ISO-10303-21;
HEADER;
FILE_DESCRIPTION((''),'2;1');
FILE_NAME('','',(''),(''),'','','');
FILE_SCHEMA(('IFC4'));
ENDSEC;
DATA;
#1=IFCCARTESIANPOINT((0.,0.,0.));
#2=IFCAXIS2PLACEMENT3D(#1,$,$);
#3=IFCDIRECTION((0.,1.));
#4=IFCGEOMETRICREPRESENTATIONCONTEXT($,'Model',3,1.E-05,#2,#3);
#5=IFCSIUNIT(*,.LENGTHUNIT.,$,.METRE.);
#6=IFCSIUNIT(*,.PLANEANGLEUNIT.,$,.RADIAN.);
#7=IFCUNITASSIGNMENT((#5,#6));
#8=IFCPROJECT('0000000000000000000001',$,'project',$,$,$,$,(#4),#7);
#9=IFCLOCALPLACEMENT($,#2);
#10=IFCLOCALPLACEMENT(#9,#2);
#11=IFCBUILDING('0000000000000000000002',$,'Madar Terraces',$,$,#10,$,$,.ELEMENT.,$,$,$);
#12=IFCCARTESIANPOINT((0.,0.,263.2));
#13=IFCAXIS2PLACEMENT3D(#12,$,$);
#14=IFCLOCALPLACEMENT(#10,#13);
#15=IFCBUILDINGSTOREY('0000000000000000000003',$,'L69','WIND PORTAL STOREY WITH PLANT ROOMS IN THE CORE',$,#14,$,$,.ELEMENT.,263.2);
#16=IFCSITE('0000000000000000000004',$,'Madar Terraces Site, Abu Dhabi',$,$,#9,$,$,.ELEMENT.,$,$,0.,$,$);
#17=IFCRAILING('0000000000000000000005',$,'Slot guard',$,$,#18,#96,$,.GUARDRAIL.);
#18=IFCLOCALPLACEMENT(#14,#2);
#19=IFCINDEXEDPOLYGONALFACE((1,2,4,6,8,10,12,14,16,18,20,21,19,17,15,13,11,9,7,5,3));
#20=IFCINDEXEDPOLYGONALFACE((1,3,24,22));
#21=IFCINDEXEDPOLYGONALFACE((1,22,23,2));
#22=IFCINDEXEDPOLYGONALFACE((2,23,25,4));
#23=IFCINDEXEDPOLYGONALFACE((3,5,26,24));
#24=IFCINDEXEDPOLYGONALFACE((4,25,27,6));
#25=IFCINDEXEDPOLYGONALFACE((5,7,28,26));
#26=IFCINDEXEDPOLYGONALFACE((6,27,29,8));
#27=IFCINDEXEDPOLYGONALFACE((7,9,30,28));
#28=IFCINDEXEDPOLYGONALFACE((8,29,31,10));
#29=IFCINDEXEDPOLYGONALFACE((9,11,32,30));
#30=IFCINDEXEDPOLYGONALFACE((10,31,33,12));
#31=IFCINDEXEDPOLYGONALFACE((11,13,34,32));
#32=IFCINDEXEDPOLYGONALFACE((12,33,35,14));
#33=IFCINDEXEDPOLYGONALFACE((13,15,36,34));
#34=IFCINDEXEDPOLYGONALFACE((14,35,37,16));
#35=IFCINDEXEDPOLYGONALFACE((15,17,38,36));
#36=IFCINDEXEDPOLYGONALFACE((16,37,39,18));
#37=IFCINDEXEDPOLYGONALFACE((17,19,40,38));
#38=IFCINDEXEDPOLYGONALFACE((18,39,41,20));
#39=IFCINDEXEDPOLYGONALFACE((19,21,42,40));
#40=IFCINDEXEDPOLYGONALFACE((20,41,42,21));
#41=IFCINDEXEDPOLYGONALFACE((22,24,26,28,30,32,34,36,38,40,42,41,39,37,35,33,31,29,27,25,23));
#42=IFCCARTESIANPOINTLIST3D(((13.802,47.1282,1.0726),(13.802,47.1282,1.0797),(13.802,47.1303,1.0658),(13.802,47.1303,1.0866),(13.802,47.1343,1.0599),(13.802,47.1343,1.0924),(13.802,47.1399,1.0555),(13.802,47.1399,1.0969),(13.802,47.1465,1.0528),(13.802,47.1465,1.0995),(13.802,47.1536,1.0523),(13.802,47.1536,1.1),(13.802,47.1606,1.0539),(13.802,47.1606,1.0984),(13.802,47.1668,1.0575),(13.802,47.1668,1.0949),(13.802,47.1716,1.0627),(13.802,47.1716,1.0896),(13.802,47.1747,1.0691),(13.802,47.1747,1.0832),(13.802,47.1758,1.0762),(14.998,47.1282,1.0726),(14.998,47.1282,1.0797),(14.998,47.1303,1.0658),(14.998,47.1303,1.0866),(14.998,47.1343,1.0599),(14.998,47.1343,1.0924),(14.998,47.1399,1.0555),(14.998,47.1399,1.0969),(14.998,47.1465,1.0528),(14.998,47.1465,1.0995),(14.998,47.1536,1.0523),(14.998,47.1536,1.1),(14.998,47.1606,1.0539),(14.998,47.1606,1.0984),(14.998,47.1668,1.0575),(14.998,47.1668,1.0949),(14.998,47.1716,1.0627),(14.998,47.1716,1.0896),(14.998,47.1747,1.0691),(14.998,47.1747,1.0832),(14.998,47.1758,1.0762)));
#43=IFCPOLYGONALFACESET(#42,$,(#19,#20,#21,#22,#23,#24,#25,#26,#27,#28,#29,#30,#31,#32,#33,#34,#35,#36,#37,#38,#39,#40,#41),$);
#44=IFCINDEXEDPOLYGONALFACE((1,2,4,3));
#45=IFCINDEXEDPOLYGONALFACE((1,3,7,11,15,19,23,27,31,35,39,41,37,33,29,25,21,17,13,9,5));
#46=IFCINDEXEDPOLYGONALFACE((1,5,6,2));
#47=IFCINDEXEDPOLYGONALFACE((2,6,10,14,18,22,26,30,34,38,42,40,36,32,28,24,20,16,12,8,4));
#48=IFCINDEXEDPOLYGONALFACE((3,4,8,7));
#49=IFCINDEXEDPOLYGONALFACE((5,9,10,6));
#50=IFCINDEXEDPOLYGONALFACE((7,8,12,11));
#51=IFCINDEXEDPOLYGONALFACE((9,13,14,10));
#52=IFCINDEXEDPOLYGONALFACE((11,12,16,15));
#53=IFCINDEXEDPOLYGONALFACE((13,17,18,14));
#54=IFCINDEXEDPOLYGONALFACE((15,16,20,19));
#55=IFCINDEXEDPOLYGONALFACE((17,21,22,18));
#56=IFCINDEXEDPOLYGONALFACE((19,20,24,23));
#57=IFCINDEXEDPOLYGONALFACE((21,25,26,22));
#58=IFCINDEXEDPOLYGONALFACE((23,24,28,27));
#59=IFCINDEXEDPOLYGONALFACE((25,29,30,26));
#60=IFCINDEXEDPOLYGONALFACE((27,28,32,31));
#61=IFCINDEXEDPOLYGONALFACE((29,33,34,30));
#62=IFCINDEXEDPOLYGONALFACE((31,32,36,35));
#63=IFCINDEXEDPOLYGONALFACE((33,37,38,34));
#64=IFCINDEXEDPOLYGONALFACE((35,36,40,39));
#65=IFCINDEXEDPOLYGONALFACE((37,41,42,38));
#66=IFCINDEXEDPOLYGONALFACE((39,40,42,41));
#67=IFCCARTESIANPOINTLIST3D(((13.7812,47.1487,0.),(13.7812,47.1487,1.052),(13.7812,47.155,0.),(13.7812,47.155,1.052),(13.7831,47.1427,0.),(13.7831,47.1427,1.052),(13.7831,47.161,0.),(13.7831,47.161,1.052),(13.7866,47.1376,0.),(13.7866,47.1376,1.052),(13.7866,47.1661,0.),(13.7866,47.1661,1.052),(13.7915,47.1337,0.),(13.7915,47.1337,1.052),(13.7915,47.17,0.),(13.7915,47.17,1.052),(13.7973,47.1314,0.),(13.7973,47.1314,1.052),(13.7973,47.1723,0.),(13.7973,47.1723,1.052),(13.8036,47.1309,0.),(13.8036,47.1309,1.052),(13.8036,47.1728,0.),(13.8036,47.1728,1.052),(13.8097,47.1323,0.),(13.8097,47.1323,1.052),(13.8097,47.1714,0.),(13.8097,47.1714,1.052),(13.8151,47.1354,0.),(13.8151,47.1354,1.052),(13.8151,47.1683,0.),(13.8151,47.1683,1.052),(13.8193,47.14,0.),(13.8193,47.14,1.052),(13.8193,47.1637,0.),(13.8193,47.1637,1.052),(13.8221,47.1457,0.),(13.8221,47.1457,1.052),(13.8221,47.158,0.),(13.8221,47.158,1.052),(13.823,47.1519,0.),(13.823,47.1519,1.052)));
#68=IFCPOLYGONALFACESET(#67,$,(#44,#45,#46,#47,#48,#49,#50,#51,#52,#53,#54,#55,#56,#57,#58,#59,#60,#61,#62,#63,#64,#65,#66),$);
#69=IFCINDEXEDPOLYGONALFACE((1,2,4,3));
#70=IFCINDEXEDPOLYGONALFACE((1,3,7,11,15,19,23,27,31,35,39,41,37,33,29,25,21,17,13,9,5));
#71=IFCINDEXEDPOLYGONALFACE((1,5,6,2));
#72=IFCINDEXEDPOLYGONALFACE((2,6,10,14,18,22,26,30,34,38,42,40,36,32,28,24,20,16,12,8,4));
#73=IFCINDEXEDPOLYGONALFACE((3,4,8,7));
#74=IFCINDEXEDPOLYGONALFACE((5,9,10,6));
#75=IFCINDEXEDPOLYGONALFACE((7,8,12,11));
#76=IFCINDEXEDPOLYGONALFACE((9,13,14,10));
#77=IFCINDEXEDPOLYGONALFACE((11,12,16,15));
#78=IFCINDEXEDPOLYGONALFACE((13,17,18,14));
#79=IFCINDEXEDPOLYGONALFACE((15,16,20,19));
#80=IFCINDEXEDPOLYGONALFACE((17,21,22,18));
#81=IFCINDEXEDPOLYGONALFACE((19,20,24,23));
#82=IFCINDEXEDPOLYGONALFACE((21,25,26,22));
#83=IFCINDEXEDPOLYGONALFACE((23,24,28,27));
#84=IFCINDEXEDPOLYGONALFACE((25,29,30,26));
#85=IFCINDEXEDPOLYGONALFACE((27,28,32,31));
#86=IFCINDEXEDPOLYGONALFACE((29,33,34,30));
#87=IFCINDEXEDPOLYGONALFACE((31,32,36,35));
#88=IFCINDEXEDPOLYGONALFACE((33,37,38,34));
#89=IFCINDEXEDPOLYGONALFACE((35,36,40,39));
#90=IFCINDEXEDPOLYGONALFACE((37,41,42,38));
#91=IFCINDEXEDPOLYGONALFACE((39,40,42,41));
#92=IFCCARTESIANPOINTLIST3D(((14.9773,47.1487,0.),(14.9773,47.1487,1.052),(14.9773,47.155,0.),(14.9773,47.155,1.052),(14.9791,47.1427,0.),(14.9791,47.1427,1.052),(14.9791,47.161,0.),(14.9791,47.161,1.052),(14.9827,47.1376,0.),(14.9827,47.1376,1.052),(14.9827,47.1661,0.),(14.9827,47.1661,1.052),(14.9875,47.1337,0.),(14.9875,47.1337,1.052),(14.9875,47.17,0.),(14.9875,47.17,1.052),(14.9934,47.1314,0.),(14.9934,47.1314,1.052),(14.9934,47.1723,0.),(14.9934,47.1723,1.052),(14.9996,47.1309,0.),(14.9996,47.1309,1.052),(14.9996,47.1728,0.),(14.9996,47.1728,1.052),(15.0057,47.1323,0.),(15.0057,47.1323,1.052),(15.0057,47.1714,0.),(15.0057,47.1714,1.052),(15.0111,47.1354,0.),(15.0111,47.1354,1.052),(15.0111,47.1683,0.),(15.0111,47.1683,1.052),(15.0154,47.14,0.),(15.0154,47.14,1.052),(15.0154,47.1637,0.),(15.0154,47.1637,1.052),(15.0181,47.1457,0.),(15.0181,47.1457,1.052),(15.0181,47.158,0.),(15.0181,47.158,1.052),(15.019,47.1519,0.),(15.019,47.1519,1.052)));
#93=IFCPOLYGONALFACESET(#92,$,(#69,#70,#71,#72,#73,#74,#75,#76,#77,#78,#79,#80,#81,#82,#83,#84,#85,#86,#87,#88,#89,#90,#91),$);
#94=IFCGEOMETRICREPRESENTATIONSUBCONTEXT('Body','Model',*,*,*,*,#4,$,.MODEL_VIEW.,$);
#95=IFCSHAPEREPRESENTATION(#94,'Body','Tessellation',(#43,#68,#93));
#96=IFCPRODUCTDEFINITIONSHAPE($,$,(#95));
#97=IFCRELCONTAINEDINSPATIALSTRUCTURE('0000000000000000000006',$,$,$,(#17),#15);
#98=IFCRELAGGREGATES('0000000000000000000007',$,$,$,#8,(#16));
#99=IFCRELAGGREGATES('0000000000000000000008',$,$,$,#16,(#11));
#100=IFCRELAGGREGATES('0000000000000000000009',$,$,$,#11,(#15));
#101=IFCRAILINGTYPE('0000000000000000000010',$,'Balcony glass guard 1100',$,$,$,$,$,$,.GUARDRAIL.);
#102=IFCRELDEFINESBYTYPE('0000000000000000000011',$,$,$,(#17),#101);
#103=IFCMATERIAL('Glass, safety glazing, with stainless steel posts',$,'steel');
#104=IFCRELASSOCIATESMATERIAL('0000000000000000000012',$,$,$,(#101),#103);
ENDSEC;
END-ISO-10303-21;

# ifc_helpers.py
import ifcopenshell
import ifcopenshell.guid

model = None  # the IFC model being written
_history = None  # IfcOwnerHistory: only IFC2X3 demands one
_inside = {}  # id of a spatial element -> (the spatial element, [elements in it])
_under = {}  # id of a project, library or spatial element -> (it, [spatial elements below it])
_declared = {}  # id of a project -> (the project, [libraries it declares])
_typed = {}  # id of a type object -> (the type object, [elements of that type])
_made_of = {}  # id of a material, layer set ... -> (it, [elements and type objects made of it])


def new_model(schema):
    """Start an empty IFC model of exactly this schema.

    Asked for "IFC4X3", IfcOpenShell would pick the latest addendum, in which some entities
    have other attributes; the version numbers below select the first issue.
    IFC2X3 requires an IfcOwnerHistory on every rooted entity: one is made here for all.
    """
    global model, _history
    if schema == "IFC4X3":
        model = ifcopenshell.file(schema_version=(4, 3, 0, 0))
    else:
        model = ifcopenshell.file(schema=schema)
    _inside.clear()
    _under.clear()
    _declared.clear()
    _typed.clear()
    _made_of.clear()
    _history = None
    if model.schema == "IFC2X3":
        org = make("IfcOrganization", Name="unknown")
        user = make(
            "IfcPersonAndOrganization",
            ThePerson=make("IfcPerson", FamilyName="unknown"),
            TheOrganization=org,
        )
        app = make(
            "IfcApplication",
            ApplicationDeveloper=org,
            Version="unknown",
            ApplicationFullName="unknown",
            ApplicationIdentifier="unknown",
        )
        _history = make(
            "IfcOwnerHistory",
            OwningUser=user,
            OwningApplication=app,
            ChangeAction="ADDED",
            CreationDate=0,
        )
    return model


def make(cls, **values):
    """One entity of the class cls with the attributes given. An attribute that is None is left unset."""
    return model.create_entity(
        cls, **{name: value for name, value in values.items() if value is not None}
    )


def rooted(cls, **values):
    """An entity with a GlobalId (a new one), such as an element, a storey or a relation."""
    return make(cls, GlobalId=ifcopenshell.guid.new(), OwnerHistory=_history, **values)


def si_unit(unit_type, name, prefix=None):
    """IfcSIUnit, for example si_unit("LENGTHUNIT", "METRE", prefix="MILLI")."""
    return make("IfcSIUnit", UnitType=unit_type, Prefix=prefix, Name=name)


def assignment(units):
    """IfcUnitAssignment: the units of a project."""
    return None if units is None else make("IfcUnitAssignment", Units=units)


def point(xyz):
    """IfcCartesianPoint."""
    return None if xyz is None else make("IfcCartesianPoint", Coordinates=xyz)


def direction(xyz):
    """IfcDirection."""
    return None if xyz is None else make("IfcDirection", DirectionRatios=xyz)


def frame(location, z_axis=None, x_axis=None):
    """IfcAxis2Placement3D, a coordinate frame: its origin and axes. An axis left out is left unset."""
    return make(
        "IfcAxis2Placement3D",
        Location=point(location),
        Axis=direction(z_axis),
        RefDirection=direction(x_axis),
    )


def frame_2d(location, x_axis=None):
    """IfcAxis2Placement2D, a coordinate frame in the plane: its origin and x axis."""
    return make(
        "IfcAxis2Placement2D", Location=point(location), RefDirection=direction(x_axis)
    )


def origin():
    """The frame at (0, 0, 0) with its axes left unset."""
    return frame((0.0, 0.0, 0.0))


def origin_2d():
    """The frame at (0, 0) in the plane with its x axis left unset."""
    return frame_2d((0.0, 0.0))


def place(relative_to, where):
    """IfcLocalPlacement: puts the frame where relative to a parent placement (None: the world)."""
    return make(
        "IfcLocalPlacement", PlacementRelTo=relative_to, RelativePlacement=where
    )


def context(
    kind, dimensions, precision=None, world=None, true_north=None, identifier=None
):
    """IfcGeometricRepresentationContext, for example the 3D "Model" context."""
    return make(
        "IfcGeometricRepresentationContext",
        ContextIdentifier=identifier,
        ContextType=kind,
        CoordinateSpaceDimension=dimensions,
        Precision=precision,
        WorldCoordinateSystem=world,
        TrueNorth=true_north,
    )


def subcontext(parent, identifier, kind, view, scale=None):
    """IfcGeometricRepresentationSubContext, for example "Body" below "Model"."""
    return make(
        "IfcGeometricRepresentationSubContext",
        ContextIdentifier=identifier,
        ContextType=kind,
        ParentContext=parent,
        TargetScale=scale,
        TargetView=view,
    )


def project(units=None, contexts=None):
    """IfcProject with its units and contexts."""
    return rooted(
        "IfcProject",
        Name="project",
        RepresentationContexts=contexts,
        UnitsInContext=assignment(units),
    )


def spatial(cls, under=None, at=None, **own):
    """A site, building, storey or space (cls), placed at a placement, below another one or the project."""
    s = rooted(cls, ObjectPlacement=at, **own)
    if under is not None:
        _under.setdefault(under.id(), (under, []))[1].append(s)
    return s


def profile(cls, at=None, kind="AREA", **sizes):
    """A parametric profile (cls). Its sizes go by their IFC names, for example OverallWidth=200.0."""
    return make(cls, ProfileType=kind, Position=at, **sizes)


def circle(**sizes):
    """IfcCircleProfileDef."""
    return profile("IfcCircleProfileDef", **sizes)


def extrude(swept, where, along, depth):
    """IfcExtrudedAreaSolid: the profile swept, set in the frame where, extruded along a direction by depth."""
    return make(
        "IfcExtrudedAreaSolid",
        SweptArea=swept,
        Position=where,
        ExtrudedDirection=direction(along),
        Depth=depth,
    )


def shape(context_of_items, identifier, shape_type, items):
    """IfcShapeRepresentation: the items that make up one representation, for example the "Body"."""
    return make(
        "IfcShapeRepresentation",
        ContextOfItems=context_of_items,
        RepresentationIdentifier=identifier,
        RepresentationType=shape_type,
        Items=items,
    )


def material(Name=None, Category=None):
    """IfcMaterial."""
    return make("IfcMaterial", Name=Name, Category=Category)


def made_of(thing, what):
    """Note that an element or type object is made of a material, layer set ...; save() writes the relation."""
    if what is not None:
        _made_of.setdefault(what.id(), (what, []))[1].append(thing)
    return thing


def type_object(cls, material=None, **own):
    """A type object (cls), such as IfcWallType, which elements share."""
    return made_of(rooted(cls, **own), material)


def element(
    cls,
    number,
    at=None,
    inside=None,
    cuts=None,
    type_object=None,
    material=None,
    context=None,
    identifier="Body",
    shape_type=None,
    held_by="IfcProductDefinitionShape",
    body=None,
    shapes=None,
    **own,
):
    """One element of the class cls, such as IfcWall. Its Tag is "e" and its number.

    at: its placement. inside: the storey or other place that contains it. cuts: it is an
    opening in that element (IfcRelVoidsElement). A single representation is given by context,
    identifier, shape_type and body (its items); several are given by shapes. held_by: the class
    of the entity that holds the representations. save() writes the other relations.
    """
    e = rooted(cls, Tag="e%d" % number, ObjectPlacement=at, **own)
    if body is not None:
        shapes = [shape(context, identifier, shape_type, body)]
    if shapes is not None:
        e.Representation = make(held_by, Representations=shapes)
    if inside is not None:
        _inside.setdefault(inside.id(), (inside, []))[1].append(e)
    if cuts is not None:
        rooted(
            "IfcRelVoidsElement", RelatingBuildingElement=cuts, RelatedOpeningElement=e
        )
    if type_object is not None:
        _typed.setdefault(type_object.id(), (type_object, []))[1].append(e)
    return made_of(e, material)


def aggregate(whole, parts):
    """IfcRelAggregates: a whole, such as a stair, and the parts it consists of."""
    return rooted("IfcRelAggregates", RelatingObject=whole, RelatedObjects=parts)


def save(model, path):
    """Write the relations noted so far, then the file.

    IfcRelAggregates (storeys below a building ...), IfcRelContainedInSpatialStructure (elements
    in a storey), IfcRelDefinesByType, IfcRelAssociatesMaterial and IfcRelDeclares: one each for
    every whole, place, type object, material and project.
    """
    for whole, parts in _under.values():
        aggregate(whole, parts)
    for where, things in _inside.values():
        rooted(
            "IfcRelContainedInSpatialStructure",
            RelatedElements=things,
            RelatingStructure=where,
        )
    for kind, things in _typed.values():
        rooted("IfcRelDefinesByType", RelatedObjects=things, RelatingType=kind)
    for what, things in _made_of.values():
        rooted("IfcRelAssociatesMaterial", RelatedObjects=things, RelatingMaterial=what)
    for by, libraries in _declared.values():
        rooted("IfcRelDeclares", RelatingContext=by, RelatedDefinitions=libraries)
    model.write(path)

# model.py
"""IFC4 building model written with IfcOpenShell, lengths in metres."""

from ifc_helpers import new_model, si_unit, direction, frame, origin, origin_2d, place, context, subcontext, project, spatial, circle, extrude, material, type_object, element, save


model = new_model("IFC4")

# Units and contexts
model_context = context("Model", 3, precision=1e-05, world=origin(), true_north=direction((0.0, 1.0)))
body_context = subcontext(model_context, "Body", "Model", "MODEL_VIEW")
ifc_project = project(units=[si_unit("LENGTHUNIT", "METRE"), si_unit("PLANEANGLEUNIT", "RADIAN")], contexts=[model_context])

# Site, building, storey
site_placement = place(None, origin())
site = spatial("IfcSite", under=ifc_project, at=site_placement, Name="Madar Terraces Site, Abu Dhabi", CompositionType="ELEMENT", RefElevation=0.0)
building_placement = place(site_placement, origin())
building = spatial("IfcBuilding", under=site, at=building_placement, Name="Madar Terraces", CompositionType="ELEMENT")
storey_placement = place(building_placement, frame((0.0, 0.0, 263.2)))
storey = spatial("IfcBuildingStorey", under=building, at=storey_placement, Name="L69", Description="WIND PORTAL STOREY WITH PLANT ROOMS IN THE CORE", CompositionType="ELEMENT", Elevation=263.2)

# Railing
ifc_material_1 = material(Name="Glass, safety glazing, with stainless steel posts", Category="steel")
railing_type = type_object("IfcRailingType", Name="Balcony glass guard 1100", PredefinedType="GUARDRAIL", material=ifc_material_1)
railing_1_placement = place(storey_placement, frame((13.802, 47.1519, 0.0)))
element("IfcRailing", 1, at=railing_1_placement, inside=storey, type_object=railing_type, Name="Slot guard", PredefinedType="GUARDRAIL", context=body_context, shape_type="SweptSolid", body=[
    extrude(circle(Radius=0.0239, at=origin_2d()), frame((0.0, 0.0, 1.0762), z_axis=(1.0, 0.0, 0.0), x_axis=(0.0, 1.0, 0.0)), (0.0, 0.0, 1.0), 1.196),
    extrude(circle(Radius=0.021, at=origin_2d()), origin(), (0.0, 0.0, 1.0), 1.052),
    extrude(circle(Radius=0.021, at=origin_2d()), frame((1.196, 0.0, 0.0)), (0.0, 0.0, 1.0), 1.052),
])

save(model, "model.ifc")
